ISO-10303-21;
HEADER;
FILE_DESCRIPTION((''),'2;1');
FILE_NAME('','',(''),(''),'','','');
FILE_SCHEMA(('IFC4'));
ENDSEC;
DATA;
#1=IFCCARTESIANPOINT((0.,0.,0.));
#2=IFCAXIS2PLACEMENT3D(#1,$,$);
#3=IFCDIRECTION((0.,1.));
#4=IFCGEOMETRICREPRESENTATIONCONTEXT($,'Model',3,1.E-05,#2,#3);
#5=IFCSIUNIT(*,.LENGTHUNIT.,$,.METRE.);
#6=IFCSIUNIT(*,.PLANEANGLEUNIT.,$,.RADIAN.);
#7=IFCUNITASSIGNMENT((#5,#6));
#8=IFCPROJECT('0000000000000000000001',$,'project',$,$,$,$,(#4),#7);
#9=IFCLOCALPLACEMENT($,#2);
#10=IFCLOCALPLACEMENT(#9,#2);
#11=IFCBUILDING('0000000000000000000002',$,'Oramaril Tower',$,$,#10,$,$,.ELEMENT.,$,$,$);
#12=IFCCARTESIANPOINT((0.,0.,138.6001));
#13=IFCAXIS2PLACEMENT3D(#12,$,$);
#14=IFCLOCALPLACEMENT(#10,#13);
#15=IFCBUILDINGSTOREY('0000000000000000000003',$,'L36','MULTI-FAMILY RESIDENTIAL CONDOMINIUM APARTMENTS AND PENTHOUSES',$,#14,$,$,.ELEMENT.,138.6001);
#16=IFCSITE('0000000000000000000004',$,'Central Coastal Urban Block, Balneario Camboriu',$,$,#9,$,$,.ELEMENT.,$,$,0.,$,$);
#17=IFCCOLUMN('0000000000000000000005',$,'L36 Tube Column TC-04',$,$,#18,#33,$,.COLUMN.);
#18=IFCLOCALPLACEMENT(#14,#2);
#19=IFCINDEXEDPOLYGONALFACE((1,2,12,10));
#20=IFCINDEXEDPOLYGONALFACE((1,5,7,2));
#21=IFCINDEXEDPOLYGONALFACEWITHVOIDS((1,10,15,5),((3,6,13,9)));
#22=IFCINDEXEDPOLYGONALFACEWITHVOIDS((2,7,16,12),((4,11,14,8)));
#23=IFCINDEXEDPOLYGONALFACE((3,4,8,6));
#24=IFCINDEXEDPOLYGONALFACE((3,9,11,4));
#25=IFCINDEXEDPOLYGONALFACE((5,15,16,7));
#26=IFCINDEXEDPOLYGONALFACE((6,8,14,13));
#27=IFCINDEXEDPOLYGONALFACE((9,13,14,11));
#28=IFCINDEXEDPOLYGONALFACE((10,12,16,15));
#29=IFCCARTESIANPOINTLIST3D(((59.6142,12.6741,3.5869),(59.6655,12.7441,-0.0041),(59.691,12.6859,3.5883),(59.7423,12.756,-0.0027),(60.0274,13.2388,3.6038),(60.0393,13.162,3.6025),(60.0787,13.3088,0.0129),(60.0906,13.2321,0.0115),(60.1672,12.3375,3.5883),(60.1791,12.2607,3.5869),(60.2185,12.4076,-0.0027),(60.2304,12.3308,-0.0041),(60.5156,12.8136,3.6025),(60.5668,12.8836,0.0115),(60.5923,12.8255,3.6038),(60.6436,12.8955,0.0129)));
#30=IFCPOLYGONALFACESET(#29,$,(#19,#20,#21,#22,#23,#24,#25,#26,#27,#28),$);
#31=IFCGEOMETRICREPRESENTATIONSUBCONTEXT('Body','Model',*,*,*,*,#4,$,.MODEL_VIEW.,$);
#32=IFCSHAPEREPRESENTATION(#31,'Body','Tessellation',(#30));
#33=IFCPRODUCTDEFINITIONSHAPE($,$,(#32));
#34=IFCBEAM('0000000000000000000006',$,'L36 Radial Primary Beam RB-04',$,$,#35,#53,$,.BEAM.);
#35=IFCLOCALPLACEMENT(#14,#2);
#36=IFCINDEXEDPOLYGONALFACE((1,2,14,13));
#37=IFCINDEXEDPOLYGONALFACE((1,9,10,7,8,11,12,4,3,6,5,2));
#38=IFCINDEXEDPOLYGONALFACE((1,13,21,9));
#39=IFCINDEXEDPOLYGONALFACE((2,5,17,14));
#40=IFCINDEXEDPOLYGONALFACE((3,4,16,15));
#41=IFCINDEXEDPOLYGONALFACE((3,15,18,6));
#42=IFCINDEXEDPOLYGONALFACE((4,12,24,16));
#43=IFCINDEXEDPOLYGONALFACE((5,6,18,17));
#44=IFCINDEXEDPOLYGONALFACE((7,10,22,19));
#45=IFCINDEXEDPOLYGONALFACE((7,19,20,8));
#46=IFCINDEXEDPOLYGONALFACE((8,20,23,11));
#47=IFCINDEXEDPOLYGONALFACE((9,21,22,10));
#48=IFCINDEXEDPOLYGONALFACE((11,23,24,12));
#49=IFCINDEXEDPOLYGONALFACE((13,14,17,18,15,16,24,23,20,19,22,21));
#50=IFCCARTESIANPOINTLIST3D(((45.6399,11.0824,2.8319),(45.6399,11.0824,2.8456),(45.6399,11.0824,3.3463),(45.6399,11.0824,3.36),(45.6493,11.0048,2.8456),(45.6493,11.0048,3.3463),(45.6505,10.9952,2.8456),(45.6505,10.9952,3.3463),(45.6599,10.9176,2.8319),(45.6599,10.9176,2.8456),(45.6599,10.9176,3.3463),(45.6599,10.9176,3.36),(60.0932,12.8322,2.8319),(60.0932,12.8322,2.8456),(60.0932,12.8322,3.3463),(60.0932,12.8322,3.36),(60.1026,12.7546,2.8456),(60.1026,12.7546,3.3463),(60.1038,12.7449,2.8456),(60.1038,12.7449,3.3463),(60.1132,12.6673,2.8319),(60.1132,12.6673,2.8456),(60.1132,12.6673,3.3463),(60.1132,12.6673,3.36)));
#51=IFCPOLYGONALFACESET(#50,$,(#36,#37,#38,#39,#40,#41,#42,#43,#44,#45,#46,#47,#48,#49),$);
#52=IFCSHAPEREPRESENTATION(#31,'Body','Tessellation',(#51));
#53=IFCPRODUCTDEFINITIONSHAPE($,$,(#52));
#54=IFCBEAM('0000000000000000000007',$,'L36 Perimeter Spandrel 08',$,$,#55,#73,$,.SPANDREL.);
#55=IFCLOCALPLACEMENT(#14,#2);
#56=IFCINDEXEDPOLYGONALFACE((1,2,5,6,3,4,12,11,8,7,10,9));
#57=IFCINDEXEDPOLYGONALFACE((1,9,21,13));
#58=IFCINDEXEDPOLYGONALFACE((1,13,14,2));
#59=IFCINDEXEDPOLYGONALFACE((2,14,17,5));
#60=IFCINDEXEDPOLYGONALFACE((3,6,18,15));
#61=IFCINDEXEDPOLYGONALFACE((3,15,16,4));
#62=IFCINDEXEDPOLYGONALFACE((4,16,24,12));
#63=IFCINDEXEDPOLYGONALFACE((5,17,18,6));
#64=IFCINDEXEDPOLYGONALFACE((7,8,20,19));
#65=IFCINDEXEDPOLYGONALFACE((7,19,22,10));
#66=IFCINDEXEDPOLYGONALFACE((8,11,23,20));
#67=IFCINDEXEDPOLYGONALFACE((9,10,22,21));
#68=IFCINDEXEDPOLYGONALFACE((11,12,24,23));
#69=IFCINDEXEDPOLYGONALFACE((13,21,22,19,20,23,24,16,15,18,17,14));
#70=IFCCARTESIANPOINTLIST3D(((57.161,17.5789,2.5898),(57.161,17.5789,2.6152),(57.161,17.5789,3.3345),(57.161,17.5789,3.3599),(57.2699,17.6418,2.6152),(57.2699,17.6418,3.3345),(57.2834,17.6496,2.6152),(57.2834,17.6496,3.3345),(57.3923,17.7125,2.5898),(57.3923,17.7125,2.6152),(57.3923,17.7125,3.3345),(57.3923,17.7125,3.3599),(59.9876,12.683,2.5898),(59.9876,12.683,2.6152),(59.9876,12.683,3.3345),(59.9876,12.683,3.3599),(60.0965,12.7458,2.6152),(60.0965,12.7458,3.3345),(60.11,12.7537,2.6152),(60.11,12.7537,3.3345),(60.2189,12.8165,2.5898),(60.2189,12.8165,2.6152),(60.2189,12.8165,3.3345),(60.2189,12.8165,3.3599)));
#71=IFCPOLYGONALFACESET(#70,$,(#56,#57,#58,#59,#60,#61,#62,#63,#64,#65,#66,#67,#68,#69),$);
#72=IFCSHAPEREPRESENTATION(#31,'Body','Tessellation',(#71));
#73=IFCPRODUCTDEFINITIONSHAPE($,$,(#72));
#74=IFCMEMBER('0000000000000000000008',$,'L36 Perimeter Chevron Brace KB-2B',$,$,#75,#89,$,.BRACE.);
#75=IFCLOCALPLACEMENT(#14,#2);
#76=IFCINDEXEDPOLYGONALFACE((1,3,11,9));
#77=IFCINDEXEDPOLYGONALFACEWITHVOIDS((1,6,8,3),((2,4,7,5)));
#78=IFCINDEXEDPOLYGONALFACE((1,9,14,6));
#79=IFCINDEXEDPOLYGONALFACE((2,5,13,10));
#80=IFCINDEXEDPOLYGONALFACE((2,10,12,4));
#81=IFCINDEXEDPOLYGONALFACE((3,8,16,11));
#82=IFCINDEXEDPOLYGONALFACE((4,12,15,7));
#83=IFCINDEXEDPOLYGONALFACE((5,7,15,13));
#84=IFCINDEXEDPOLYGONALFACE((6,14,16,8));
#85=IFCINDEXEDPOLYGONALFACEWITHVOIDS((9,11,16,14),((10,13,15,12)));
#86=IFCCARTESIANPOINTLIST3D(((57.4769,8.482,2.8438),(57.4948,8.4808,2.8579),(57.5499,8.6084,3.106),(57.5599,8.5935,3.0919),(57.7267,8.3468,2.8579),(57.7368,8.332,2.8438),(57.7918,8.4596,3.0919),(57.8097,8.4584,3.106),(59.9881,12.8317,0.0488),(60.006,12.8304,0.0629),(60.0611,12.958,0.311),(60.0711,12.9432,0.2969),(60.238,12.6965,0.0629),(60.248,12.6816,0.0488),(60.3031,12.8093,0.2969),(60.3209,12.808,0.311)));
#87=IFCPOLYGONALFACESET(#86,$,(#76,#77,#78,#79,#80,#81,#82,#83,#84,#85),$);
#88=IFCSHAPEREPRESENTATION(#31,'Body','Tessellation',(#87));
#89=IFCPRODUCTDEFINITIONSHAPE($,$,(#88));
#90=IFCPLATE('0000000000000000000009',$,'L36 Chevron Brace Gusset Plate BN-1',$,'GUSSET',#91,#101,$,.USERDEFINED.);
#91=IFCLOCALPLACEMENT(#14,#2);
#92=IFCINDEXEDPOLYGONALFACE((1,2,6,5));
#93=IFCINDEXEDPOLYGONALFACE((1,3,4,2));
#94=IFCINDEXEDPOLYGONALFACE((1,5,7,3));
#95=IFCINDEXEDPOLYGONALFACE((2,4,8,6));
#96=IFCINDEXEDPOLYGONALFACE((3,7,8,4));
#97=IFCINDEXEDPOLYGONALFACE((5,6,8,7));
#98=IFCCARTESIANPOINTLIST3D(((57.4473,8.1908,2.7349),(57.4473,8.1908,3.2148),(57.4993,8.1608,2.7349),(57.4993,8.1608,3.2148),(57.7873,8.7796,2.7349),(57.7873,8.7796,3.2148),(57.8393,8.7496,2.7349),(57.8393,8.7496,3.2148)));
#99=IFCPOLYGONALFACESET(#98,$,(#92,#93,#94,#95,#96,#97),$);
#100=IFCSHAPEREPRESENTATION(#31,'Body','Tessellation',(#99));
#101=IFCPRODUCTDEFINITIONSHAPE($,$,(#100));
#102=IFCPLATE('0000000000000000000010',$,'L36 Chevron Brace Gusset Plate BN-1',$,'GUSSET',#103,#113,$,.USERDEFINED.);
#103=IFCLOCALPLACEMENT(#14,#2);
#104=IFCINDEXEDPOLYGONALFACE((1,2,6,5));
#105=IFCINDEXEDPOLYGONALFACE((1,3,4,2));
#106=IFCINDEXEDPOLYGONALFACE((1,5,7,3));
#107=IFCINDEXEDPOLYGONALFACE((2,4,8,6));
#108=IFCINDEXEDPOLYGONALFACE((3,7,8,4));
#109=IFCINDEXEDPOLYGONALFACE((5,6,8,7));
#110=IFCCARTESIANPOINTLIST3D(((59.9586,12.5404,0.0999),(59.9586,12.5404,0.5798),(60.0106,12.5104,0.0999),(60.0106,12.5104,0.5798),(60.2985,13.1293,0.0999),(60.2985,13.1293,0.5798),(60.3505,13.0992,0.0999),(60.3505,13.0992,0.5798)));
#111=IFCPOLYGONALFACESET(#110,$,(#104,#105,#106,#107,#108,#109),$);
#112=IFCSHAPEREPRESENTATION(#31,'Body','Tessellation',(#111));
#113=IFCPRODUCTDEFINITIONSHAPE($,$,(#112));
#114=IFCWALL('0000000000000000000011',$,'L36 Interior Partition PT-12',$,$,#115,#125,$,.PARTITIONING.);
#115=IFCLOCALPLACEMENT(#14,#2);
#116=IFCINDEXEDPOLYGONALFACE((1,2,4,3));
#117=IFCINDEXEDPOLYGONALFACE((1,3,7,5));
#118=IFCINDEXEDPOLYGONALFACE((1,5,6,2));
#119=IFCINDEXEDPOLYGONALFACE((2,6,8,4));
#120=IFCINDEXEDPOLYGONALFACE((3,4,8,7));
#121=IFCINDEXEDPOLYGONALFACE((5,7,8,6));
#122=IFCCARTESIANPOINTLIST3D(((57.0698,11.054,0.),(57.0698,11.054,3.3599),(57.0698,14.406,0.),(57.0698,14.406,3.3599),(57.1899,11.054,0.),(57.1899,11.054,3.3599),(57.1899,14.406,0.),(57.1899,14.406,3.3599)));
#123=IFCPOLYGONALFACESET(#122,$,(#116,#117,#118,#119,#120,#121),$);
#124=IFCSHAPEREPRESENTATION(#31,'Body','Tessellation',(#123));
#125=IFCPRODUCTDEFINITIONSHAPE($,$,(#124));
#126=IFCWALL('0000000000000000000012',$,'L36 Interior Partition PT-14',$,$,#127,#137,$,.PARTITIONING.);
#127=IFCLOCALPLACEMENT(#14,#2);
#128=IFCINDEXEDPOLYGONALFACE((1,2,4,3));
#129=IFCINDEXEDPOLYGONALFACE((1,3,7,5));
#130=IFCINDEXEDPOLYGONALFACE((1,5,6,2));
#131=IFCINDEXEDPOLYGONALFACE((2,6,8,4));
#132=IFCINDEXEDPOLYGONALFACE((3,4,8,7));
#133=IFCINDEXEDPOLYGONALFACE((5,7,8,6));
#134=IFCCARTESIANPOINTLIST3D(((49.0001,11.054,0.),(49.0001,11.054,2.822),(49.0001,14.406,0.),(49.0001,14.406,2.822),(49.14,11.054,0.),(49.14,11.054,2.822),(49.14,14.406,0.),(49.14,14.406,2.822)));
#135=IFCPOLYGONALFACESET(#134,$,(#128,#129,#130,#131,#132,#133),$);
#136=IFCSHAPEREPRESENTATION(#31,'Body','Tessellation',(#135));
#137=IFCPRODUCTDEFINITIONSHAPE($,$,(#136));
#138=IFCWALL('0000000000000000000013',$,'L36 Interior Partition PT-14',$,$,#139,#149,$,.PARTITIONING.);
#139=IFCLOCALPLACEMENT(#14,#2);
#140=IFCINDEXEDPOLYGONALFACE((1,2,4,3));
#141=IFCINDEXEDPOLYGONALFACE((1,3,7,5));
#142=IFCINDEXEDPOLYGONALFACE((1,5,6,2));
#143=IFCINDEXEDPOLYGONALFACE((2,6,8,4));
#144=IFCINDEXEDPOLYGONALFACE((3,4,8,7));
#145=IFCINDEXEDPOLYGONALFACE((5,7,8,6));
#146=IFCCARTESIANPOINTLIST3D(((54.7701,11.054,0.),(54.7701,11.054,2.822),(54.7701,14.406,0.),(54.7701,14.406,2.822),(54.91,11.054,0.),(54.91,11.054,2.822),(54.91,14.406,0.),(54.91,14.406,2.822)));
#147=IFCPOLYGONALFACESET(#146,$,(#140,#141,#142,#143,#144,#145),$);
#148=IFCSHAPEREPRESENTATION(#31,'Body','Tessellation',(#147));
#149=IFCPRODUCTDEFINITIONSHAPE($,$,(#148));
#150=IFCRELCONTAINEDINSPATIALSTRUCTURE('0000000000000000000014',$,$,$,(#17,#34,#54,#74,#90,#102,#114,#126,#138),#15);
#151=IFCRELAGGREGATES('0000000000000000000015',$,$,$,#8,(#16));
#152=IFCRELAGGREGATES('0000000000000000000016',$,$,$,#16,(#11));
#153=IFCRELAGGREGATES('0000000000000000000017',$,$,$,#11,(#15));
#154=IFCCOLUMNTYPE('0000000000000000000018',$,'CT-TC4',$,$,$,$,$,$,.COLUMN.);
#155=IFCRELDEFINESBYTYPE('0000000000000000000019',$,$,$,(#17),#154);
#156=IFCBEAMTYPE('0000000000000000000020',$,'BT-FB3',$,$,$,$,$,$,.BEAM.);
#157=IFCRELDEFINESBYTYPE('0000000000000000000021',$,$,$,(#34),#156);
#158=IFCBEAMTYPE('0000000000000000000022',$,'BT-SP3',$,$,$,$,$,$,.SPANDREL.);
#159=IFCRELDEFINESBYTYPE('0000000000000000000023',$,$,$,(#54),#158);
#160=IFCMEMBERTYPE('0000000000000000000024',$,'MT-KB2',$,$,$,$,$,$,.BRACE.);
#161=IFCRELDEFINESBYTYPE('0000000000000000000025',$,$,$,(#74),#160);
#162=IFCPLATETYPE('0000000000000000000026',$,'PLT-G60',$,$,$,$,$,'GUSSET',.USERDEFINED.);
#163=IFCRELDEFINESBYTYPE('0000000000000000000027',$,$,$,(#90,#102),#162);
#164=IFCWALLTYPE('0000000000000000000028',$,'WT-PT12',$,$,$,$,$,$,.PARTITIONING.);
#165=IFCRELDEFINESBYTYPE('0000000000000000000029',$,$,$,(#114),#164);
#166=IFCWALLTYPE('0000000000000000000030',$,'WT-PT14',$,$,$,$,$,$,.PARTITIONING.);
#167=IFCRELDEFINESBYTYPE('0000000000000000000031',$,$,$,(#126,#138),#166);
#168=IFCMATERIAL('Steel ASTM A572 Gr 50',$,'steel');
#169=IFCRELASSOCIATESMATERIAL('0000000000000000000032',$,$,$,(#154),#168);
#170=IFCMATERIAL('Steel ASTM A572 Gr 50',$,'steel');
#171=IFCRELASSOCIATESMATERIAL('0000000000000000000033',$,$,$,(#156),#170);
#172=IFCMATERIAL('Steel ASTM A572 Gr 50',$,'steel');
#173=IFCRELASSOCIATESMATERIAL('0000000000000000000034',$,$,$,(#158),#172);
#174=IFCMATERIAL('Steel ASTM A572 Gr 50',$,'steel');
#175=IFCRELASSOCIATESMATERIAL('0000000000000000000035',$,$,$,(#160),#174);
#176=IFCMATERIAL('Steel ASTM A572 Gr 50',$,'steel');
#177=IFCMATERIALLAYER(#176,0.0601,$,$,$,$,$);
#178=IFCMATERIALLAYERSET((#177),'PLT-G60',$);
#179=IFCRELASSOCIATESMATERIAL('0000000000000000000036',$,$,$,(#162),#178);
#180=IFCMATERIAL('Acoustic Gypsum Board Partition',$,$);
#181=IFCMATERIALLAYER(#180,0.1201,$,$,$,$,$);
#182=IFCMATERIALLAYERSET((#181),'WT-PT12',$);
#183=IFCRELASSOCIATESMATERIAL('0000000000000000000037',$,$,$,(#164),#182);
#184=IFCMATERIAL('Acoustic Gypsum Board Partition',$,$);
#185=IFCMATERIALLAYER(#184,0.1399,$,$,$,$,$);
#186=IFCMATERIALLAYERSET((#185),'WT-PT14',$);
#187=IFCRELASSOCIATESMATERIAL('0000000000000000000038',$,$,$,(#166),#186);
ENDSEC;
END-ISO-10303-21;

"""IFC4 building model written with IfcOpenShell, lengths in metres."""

from ifc_helpers import new_model, si_unit, direction, frame, frame_2d, origin, origin_2d, place, context, subcontext, project, spatial, rectangle, hollow_rectangle, i_section, extrude, material, layer, layer_set, material_profile, profile_set, type_object, element, save


model = new_model("IFC4")

# Units and contexts
model_context = context("Model", 3, precision=1e-05, world=origin(), true_north=direction((0.0, 1.0)))
body_context = subcontext(model_context, "Body", "Model", "MODEL_VIEW")
ifc_project = project(units=[si_unit("LENGTHUNIT", "METRE"), si_unit("PLANEANGLEUNIT", "RADIAN")], contexts=[model_context])

# Site, building, storey
site_placement = place(None, origin())
site = spatial("IfcSite", under=ifc_project, at=site_placement, Name="Central Coastal Urban Block, Balneario Camboriu", CompositionType="ELEMENT", RefElevation=0.0)
building_placement = place(site_placement, origin())
building = spatial("IfcBuilding", under=site, at=building_placement, Name="Oramaril Tower", CompositionType="ELEMENT")
storey_placement = place(building_placement, frame((0.0, 0.0, 138.6001)))
storey = spatial("IfcBuildingStorey", under=building, at=storey_placement, Name="L36", Description="MULTI-FAMILY RESIDENTIAL CONDOMINIUM APARTMENTS AND PENTHOUSES", CompositionType="ELEMENT", Elevation=138.6001)

# Column
ifc_material_1 = material(Name="Steel ASTM A572 Gr 50", Category="steel")
ifc_material_profile_1 = material_profile(ifc_material_1, hollow_rectangle(XDim=0.7, YDim=0.7, WallThickness=0.0549, at=origin_2d()), Name="BOX700X700X55")
ifc_profile_set_1 = profile_set([ifc_material_profile_1], Name="Steel ASTM A572 Gr 50")
column_type = type_object("IfcColumnType", Name="CT-TC4", PredefinedType="COLUMN", material=ifc_profile_set_1)
column_placement = place(storey_placement, frame((60.1545, 12.8198, 0.0044), z_axis=(-0.014273, -0.019506, 0.999708), x_axis=(0.80703, -0.59051, 0.0)))
element("IfcColumn", 1, at=column_placement, inside=storey, type_object=column_type, Name="L36 Tube Column TC-04", PredefinedType="COLUMN", context=body_context, shape_type="SweptSolid", body=[
    extrude(hollow_rectangle(XDim=0.7, YDim=0.7, WallThickness=0.0549, at=origin_2d()), origin(), (0.0, 0.0, 1.0), 3.592),
])

# Beams
ifc_material_2 = material(Name="Steel ASTM A572 Gr 50", Category="steel")
ifc_material_profile_2 = material_profile(ifc_material_2, i_section(OverallWidth=0.166, OverallDepth=0.5281, WebThickness=0.0098, FlangeThickness=0.0137, at=origin_2d()), Name="W21X50")
ifc_profile_set_2 = profile_set([ifc_material_profile_2], Name="Steel ASTM A572 Gr 50")
beam_type_1 = type_object("IfcBeamType", Name="BT-FB3", PredefinedType="BEAM", material=ifc_profile_set_2)
beam_1_placement = place(storey_placement, frame((45.6499, 11.0, 3.0959), z_axis=(0.992752, 0.120185, 0.0), x_axis=(-0.120185, 0.992752, 0.0)))
element("IfcBeam", 2, at=beam_1_placement, inside=storey, type_object=beam_type_1, Name="L36 Radial Primary Beam RB-04", PredefinedType="BEAM", context=body_context, shape_type="SweptSolid", body=[
    extrude(i_section(OverallWidth=0.166, OverallDepth=0.5281, WebThickness=0.0098, FlangeThickness=0.0137, at=origin_2d()), origin(), (0.0, 0.0, 1.0), 14.5588),
])
ifc_material_3 = material(Name="Steel ASTM A572 Gr 50", Category="steel")
ifc_material_profile_3 = material_profile(ifc_material_3, i_section(OverallWidth=0.2671, OverallDepth=0.77, WebThickness=0.0156, FlangeThickness=0.0254, at=origin_2d()), Name="W30X132")
ifc_profile_set_3 = profile_set([ifc_material_profile_3], Name="Steel ASTM A572 Gr 50")
beam_type_2 = type_object("IfcBeamType", Name="BT-SP3", PredefinedType="SPANDREL", material=ifc_profile_set_3)
beam_2_placement = place(storey_placement, frame((60.1033, 12.7498, 2.9749), z_axis=(-0.499994, 0.866029, 0.0), x_axis=(-0.866029, -0.499994, 0.0)))
element("IfcBeam", 3, at=beam_2_placement, inside=storey, type_object=beam_type_2, Name="L36 Perimeter Spandrel 08", PredefinedType="SPANDREL", context=body_context, shape_type="SweptSolid", body=[
    extrude(i_section(OverallWidth=0.2671, OverallDepth=0.77, WebThickness=0.0156, FlangeThickness=0.0254, at=origin_2d()), origin(), (0.0, 0.0, 1.0), 5.6533),
])

# Member
ifc_material_4 = material(Name="Steel ASTM A572 Gr 50", Category="steel")
ifc_material_profile_4 = material_profile(ifc_material_4, hollow_rectangle(XDim=0.3, YDim=0.3, WallThickness=0.0161, at=origin_2d()), Name="HSS300X300X16")
ifc_profile_set_4 = profile_set([ifc_material_profile_4], Name="Steel ASTM A572 Gr 50")
member_type = type_object("IfcMemberType", Name="MT-KB2", PredefinedType="BRACE", material=ifc_profile_set_4)
member_placement = place(storey_placement, frame((60.1545, 12.8198, 0.1799), z_axis=(-0.436904, -0.756746, 0.486261), x_axis=(0.866027, -0.499997, 0.0)))
element("IfcMember", 4, at=member_placement, inside=storey, type_object=member_type, Name="L36 Perimeter Chevron Brace KB-2B", PredefinedType="BRACE", context=body_context, shape_type="SweptSolid", body=[
    extrude(hollow_rectangle(XDim=0.3, YDim=0.3, WallThickness=0.0161, at=origin_2d()), origin(), (0.0, 0.0, 1.0), 5.7478),
])

# Plates
ifc_material_5 = material(Name="Steel ASTM A572 Gr 50", Category="steel")
ifc_layer_1 = layer(ifc_material_5, 0.0601)
ifc_layer_set_1 = layer_set([ifc_layer_1], Name="PLT-G60")
plate_type = type_object("IfcPlateType", Name="PLT-G60", ElementType="GUSSET", PredefinedType="USERDEFINED", material=ifc_layer_set_1)
for number, where, z_axis, x_axis, name in (
    (5, (57.6433, 8.4702, 2.7349), (0.0, 0.0, 1.0), (0.500002, 0.866025, 0.0), "L36 Chevron Brace Gusset Plate BN-1"),
    (6, (60.1545, 12.8198, 0.0999), (0.0, 0.0, 1.0), (0.500002, 0.866025, 0.0), "L36 Chevron Brace Gusset Plate BN-1"),
):
    element("IfcPlate", number, at=place(storey_placement, frame(where, z_axis=z_axis, x_axis=x_axis)), inside=storey, type_object=plate_type, Name=name, ObjectType="GUSSET", PredefinedType="USERDEFINED", context=body_context, shape_type="SweptSolid", body=[
        extrude(rectangle(XDim=0.6799, YDim=0.0601, at=origin_2d()), origin(), (0.0, 0.0, 1.0), 0.48),
    ])

# Walls
ifc_material_6 = material(Name="Acoustic Gypsum Board Partition")
ifc_layer_2 = layer(ifc_material_6, 0.1201)
ifc_layer_set_2 = layer_set([ifc_layer_2], Name="WT-PT12")
wall_type_1 = type_object("IfcWallType", Name="WT-PT12", PredefinedType="PARTITIONING", material=ifc_layer_set_2)
wall_1_placement = place(storey_placement, frame((57.1299, 11.054, 0.0), z_axis=(0.0, 0.0, 1.0), x_axis=(0.0, 1.0, 0.0)))
element("IfcWall", 7, at=wall_1_placement, inside=storey, type_object=wall_type_1, Name="L36 Interior Partition PT-12", PredefinedType="PARTITIONING", context=body_context, shape_type="SweptSolid", body=[
    extrude(rectangle(XDim=3.3521, YDim=0.1201, at=frame_2d((1.676, 0.0))), origin(), (0.0, 0.0, 1.0), 3.3599),
])
ifc_material_7 = material(Name="Acoustic Gypsum Board Partition")
ifc_layer_3 = layer(ifc_material_7, 0.1399)
ifc_layer_set_3 = layer_set([ifc_layer_3], Name="WT-PT14")
wall_type_2 = type_object("IfcWallType", Name="WT-PT14", PredefinedType="PARTITIONING", material=ifc_layer_set_3)
for number, where, z_axis, x_axis, name in (
    (8, (49.0701, 11.054, 0.0), (0.0, 0.0, 1.0), (0.0, 1.0, 0.0), "L36 Interior Partition PT-14"),
    (9, (54.8401, 11.054, 0.0), (0.0, 0.0, 1.0), (0.0, 1.0, 0.0), "L36 Interior Partition PT-14"),
):
    element("IfcWall", number, at=place(storey_placement, frame(where, z_axis=z_axis, x_axis=x_axis)), inside=storey, type_object=wall_type_2, Name=name, PredefinedType="PARTITIONING", context=body_context, shape_type="SweptSolid", body=[
        extrude(rectangle(XDim=3.3521, YDim=0.1399, at=frame_2d((1.676, 0.0))), origin(), (0.0, 0.0, 1.0), 2.822),
    ])

save(model, "model.ifc")
